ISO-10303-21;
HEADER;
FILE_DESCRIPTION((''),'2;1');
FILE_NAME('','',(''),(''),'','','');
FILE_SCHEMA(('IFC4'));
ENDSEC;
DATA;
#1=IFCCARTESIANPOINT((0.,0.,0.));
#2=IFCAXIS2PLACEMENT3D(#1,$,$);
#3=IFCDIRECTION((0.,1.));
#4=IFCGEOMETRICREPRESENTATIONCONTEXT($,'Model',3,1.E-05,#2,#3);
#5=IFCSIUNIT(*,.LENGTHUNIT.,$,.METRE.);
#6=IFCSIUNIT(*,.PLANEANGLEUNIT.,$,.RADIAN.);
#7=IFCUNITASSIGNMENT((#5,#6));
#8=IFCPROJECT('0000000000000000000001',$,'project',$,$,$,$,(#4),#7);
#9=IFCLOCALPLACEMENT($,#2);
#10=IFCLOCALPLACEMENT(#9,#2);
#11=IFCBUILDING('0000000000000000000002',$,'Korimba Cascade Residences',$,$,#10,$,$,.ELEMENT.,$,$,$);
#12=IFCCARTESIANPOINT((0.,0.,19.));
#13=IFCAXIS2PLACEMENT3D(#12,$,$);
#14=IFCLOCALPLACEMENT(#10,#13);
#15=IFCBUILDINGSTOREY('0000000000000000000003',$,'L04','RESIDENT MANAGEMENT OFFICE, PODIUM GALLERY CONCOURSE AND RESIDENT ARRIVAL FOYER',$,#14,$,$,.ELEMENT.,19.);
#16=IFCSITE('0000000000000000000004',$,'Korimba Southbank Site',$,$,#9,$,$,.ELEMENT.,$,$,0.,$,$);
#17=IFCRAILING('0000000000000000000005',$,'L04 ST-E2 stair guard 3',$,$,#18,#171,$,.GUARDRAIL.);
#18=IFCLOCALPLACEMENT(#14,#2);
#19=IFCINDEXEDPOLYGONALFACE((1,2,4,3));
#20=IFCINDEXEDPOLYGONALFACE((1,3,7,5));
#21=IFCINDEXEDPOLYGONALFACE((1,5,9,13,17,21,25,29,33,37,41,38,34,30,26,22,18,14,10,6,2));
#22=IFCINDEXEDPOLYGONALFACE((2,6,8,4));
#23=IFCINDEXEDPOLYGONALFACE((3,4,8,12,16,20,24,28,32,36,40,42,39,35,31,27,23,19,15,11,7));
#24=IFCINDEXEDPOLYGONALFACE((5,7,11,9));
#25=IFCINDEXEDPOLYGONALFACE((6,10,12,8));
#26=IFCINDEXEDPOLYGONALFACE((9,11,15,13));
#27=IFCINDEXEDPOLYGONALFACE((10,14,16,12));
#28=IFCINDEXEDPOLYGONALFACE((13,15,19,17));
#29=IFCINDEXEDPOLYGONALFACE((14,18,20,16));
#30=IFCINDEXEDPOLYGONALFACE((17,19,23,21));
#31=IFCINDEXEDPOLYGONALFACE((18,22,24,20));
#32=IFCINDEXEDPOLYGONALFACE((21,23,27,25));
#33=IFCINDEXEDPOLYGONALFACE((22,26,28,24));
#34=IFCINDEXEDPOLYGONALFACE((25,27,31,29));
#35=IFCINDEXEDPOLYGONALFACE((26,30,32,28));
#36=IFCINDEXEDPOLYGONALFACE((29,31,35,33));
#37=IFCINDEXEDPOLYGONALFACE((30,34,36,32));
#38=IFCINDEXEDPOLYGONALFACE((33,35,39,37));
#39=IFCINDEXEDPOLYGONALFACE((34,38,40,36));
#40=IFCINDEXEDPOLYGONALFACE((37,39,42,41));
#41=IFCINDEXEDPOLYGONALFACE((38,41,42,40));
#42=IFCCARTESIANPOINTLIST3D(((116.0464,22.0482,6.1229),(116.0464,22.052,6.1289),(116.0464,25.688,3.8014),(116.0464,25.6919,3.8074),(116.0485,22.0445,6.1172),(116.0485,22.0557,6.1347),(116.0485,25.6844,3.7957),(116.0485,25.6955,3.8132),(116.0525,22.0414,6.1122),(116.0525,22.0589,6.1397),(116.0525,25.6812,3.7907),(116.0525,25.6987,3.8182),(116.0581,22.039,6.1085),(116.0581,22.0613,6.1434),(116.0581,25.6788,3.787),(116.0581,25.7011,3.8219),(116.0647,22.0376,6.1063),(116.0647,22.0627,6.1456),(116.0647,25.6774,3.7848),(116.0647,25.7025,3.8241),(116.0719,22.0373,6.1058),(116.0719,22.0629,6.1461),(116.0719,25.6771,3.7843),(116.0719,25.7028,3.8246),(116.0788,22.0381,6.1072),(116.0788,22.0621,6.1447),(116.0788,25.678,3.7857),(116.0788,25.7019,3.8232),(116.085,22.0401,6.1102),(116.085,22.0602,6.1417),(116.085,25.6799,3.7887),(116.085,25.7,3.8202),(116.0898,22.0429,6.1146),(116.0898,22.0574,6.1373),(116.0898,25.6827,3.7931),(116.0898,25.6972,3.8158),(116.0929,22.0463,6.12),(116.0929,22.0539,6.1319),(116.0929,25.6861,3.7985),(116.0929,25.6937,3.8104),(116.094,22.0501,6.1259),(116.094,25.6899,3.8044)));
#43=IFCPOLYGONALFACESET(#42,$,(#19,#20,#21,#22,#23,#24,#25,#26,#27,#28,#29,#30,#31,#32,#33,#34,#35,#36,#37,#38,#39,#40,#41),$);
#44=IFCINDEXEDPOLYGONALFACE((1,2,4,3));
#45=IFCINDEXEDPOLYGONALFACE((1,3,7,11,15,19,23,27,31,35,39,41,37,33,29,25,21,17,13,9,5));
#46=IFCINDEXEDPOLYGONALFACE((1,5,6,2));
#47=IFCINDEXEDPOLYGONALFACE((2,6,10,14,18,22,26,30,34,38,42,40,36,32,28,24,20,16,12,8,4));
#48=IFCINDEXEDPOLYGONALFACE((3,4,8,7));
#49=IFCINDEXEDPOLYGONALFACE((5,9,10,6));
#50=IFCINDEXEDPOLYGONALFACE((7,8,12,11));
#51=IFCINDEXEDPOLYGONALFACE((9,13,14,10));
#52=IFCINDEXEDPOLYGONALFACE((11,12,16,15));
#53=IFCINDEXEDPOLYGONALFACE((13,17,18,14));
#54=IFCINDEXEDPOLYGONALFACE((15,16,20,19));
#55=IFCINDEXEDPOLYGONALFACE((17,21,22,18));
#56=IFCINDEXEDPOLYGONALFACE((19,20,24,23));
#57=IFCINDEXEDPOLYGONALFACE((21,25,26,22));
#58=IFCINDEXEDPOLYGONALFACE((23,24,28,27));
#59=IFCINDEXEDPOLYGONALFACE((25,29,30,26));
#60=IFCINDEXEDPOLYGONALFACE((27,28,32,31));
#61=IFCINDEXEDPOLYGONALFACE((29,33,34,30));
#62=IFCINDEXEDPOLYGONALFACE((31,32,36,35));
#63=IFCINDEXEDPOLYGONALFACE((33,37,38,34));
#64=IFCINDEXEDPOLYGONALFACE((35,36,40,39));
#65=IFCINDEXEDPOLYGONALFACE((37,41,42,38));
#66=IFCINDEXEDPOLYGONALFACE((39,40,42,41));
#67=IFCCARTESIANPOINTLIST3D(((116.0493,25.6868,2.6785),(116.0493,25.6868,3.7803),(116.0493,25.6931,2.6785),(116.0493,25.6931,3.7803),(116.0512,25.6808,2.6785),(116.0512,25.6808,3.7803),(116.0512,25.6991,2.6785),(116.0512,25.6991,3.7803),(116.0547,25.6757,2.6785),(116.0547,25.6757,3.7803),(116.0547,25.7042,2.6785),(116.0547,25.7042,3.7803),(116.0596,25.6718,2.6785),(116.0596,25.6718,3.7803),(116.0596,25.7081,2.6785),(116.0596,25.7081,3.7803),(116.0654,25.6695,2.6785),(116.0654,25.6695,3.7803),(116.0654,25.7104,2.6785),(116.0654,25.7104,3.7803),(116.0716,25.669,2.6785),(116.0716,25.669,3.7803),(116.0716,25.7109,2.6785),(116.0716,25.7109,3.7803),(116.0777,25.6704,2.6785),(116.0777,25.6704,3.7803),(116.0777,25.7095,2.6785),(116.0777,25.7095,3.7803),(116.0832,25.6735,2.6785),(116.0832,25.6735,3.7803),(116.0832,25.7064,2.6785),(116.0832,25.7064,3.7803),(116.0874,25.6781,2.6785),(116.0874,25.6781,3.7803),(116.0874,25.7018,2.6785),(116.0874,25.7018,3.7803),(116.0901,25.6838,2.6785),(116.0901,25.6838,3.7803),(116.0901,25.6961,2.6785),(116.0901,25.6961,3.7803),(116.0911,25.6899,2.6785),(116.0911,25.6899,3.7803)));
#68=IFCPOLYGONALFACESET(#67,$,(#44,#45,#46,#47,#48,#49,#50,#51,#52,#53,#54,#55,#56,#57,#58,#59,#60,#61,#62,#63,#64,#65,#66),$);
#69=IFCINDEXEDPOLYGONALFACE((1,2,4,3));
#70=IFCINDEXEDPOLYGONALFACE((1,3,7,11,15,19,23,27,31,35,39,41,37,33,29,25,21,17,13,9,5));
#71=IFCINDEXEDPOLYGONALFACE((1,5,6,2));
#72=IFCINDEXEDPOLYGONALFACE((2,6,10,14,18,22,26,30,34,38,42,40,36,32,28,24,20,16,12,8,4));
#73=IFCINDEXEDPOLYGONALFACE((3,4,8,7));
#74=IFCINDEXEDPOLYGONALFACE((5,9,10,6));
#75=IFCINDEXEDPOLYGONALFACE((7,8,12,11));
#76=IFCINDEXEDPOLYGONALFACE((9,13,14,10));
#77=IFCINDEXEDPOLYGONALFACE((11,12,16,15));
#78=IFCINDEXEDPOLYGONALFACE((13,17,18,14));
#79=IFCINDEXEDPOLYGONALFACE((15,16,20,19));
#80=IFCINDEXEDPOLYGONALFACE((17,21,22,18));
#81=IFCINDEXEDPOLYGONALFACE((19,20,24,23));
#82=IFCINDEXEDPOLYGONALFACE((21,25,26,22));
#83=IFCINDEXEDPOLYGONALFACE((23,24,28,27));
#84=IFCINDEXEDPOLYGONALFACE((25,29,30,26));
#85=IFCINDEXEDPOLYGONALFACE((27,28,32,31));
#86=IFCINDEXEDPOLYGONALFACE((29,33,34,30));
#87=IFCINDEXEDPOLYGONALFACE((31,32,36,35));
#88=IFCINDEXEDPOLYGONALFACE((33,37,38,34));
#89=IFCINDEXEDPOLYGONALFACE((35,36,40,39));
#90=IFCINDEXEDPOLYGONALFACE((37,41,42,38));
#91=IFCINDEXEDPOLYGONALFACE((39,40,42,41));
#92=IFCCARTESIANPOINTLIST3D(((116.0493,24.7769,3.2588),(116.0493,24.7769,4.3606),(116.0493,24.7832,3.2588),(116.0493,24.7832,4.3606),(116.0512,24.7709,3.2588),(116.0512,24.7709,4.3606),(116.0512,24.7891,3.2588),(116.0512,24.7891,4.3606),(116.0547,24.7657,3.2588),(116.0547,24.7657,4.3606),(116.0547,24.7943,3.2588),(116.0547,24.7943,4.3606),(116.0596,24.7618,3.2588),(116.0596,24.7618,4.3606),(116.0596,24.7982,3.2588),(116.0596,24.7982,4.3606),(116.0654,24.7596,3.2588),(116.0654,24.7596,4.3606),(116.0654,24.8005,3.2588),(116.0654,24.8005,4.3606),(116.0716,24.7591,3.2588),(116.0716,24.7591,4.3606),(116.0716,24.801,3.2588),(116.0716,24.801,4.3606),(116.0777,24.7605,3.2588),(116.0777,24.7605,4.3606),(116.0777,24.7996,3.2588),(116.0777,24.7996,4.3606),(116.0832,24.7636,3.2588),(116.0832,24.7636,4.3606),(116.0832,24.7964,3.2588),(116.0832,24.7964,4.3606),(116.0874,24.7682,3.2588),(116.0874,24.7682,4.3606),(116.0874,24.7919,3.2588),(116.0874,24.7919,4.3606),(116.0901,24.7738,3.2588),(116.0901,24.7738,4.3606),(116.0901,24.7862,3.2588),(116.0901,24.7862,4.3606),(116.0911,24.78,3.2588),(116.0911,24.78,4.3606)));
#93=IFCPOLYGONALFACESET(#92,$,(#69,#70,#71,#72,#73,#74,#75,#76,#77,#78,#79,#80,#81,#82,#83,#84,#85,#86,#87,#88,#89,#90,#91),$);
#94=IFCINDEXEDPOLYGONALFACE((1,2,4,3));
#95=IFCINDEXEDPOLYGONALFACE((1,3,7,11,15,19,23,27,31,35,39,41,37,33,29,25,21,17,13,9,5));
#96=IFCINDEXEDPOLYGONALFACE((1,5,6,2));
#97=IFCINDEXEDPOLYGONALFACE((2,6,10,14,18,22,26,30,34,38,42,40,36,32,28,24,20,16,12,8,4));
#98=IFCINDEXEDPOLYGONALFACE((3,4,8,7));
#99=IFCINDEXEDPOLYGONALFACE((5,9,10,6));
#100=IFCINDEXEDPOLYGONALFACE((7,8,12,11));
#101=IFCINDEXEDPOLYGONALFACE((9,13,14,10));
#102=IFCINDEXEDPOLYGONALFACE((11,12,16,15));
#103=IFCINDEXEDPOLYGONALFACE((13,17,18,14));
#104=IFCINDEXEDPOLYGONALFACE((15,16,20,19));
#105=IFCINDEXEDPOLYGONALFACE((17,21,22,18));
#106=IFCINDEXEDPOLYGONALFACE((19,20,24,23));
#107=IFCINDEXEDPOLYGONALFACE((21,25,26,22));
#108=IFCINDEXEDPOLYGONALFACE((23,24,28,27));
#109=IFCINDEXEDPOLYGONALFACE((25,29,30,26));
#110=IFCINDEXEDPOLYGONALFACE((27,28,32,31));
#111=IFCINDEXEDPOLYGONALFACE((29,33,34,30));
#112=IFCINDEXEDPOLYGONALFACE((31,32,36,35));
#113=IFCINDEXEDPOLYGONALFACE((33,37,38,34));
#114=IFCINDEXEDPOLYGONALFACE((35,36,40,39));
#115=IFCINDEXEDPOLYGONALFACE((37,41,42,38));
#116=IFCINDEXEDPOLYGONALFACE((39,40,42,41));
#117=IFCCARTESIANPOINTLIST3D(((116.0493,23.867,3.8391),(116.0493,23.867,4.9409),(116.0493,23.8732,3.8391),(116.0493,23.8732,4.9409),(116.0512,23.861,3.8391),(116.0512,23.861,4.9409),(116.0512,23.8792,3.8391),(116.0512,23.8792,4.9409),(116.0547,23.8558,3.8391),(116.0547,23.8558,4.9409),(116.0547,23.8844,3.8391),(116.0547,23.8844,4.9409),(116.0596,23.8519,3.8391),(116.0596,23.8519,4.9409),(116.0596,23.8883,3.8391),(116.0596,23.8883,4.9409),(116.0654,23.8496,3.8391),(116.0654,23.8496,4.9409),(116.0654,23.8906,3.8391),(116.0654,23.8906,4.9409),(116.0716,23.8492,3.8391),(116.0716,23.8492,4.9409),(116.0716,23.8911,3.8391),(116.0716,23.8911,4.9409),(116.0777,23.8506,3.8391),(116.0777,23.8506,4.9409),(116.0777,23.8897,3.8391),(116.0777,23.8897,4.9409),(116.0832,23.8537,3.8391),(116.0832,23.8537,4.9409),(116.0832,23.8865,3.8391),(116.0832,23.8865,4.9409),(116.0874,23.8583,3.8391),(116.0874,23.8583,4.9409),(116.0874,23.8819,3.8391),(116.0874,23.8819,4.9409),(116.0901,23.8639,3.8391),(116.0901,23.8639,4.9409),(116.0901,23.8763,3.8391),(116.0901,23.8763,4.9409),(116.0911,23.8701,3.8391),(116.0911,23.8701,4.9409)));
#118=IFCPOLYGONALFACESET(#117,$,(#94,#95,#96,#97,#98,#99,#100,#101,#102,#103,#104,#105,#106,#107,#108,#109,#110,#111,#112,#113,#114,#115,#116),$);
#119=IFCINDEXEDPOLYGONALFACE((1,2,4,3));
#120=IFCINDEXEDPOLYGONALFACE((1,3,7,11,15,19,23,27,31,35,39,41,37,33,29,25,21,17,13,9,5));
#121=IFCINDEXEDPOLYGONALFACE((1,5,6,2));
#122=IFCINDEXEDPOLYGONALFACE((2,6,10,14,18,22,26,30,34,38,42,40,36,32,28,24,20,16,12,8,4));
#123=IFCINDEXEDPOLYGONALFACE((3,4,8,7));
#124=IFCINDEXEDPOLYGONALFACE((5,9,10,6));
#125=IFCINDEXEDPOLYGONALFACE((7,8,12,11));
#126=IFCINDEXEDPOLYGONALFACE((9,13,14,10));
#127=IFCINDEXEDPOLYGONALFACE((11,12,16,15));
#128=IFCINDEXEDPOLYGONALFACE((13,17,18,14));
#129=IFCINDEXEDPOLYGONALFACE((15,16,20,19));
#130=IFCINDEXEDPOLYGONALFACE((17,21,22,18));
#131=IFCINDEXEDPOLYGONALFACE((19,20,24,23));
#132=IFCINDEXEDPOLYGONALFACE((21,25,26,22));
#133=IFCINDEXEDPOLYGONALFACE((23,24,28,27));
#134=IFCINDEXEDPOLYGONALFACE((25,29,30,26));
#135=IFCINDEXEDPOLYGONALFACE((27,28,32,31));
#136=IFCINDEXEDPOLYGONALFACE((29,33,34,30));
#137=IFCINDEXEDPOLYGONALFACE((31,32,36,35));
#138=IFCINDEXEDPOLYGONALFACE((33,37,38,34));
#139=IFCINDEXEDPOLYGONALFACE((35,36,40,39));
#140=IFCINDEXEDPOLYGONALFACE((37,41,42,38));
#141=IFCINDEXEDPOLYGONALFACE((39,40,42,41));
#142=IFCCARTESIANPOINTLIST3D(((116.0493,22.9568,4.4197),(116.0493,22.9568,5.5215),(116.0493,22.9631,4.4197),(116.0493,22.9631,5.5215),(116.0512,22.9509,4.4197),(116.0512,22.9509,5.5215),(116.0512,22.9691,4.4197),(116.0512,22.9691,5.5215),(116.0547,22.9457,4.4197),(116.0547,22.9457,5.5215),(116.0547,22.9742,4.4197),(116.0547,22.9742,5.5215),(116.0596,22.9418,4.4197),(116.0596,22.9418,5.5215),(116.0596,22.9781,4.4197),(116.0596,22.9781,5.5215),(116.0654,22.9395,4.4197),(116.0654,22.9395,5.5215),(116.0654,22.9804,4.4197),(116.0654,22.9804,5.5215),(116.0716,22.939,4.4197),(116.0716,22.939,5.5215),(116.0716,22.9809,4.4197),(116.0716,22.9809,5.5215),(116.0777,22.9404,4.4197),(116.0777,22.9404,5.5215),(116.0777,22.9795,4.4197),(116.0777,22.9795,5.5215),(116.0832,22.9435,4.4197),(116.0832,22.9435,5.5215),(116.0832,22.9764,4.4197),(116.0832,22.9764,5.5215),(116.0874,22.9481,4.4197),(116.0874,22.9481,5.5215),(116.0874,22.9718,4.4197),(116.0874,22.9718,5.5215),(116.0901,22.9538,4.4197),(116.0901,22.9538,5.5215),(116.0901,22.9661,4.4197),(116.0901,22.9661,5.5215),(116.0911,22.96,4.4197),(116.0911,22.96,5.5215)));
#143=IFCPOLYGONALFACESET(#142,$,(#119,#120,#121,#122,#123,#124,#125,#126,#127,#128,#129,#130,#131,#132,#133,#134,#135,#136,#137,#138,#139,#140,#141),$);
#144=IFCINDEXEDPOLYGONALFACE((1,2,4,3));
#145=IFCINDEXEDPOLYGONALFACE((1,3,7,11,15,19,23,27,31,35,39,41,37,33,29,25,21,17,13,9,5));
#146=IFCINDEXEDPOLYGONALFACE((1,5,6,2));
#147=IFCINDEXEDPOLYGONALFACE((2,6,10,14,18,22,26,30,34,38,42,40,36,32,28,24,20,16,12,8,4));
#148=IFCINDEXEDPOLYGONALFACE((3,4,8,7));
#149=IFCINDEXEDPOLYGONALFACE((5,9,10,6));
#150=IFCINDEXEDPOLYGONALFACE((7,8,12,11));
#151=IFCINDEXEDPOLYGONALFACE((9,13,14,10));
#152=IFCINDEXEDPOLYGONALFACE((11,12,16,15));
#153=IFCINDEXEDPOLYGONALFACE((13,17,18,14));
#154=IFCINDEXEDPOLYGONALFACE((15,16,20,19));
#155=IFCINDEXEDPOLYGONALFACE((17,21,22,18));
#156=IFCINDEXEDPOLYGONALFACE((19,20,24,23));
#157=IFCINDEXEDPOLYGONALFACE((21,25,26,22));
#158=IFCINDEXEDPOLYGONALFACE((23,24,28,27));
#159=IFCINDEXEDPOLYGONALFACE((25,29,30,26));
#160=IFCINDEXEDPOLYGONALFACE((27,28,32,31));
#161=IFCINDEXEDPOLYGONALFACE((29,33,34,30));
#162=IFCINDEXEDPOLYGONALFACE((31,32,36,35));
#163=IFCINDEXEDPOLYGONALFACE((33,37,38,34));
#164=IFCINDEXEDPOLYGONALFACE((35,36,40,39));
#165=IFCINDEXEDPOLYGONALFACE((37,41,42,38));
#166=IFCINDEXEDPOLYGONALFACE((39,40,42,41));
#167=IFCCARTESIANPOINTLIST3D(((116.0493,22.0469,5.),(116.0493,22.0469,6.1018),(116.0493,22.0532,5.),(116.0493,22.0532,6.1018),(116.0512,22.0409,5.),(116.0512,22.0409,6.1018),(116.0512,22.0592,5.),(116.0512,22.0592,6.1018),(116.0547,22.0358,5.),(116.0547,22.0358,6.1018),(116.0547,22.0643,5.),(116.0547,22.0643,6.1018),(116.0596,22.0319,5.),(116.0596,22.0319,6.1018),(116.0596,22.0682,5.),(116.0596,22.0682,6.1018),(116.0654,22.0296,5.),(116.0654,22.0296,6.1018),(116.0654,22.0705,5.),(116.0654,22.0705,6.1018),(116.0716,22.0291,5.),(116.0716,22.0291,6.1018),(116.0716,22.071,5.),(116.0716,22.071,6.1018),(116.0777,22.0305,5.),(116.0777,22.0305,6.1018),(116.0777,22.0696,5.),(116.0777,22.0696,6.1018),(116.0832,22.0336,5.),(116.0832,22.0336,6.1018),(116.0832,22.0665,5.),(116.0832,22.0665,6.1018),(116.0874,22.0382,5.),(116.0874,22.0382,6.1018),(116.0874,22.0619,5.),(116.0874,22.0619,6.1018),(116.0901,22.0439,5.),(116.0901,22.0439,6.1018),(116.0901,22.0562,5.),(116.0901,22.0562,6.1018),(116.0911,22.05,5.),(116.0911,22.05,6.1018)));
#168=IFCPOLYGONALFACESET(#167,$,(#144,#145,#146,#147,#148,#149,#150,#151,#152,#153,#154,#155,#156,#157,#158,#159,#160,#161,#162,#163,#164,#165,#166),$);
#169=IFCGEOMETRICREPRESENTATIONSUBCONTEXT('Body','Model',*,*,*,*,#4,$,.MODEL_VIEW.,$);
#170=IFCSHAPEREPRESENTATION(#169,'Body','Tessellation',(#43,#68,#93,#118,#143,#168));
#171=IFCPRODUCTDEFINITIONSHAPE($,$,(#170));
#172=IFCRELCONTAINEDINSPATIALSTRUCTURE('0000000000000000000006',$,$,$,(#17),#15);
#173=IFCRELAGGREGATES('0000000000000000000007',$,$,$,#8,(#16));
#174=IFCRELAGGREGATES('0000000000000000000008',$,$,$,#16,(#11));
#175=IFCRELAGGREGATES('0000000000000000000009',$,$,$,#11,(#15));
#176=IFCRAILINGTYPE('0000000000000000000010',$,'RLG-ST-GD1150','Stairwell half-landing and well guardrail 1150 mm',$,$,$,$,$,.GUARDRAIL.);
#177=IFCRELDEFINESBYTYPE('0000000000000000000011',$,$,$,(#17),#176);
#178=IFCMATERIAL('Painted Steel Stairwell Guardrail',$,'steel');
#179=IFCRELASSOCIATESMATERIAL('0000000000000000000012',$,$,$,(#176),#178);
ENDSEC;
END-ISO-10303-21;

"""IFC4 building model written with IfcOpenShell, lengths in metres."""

from ifc_helpers import new_model, si_unit, direction, frame, origin, origin_2d, place, context, subcontext, project, spatial, circle, extrude, material, type_object, element, save


model = new_model("IFC4")

# Units and contexts
model_context = context("Model", 3, precision=1e-05, world=origin(), true_north=direction((0.0, 1.0)))
body_context = subcontext(model_context, "Body", "Model", "MODEL_VIEW")
ifc_project = project(units=[si_unit("LENGTHUNIT", "METRE"), si_unit("PLANEANGLEUNIT", "RADIAN")], contexts=[model_context])

# Site, building, storey
site_placement = place(None, origin())
site = spatial("IfcSite", under=ifc_project, at=site_placement, Name="Korimba Southbank Site", CompositionType="ELEMENT", RefElevation=0.0)
building_placement = place(site_placement, origin())
building = spatial("IfcBuilding", under=site, at=building_placement, Name="Korimba Cascade Residences", CompositionType="ELEMENT")
storey_placement = place(building_placement, frame((0.0, 0.0, 19.0)))
storey = spatial("IfcBuildingStorey", under=building, at=storey_placement, Name="L04", Description="RESIDENT MANAGEMENT OFFICE, PODIUM GALLERY CONCOURSE AND RESIDENT ARRIVAL FOYER", CompositionType="ELEMENT", Elevation=19.0)

# Railing
ifc_material_1 = material(Name="Painted Steel Stairwell Guardrail", Category="steel")
railing_type_1 = type_object("IfcRailingType", Name="RLG-ST-GD1150", Description="Stairwell half-landing and well guardrail 1150 mm", PredefinedType="GUARDRAIL", material=ifc_material_1)
railing_1_placement = place(storey_placement, frame((116.0701, 25.6899, 2.6785)))
element("IfcRailing", 1, at=railing_1_placement, inside=storey, type_object=railing_type_1, Name="L04 ST-E2 stair guard 3", PredefinedType="GUARDRAIL", context=body_context, shape_type="SweptSolid", body=[
    extrude(circle(Radius=0.0239, at=origin_2d()), frame((0.0, 0.0, 1.126), z_axis=(0.0, -0.843112, 0.537739), x_axis=(1.0, 0.0, 0.0)), (0.0, 0.0, 1.0), 4.3171),
    extrude(circle(Radius=0.021, at=origin_2d()), origin(), (0.0, 0.0, 1.0), 1.1018),
    extrude(circle(Radius=0.021, at=origin_2d()), frame((0.0, -0.9099, 0.5803)), (0.0, 0.0, 1.0), 1.1018),
    extrude(circle(Radius=0.021, at=origin_2d()), frame((0.0, -1.8198, 1.1606)), (0.0, 0.0, 1.0), 1.1018),
    extrude(circle(Radius=0.021, at=origin_2d()), frame((0.0, -2.73, 1.7412)), (0.0, 0.0, 1.0), 1.1018),
    extrude(circle(Radius=0.021, at=origin_2d()), frame((0.0, -3.6399, 2.3215)), (0.0, 0.0, 1.0), 1.1018),
])

save(model, "model.ifc")
